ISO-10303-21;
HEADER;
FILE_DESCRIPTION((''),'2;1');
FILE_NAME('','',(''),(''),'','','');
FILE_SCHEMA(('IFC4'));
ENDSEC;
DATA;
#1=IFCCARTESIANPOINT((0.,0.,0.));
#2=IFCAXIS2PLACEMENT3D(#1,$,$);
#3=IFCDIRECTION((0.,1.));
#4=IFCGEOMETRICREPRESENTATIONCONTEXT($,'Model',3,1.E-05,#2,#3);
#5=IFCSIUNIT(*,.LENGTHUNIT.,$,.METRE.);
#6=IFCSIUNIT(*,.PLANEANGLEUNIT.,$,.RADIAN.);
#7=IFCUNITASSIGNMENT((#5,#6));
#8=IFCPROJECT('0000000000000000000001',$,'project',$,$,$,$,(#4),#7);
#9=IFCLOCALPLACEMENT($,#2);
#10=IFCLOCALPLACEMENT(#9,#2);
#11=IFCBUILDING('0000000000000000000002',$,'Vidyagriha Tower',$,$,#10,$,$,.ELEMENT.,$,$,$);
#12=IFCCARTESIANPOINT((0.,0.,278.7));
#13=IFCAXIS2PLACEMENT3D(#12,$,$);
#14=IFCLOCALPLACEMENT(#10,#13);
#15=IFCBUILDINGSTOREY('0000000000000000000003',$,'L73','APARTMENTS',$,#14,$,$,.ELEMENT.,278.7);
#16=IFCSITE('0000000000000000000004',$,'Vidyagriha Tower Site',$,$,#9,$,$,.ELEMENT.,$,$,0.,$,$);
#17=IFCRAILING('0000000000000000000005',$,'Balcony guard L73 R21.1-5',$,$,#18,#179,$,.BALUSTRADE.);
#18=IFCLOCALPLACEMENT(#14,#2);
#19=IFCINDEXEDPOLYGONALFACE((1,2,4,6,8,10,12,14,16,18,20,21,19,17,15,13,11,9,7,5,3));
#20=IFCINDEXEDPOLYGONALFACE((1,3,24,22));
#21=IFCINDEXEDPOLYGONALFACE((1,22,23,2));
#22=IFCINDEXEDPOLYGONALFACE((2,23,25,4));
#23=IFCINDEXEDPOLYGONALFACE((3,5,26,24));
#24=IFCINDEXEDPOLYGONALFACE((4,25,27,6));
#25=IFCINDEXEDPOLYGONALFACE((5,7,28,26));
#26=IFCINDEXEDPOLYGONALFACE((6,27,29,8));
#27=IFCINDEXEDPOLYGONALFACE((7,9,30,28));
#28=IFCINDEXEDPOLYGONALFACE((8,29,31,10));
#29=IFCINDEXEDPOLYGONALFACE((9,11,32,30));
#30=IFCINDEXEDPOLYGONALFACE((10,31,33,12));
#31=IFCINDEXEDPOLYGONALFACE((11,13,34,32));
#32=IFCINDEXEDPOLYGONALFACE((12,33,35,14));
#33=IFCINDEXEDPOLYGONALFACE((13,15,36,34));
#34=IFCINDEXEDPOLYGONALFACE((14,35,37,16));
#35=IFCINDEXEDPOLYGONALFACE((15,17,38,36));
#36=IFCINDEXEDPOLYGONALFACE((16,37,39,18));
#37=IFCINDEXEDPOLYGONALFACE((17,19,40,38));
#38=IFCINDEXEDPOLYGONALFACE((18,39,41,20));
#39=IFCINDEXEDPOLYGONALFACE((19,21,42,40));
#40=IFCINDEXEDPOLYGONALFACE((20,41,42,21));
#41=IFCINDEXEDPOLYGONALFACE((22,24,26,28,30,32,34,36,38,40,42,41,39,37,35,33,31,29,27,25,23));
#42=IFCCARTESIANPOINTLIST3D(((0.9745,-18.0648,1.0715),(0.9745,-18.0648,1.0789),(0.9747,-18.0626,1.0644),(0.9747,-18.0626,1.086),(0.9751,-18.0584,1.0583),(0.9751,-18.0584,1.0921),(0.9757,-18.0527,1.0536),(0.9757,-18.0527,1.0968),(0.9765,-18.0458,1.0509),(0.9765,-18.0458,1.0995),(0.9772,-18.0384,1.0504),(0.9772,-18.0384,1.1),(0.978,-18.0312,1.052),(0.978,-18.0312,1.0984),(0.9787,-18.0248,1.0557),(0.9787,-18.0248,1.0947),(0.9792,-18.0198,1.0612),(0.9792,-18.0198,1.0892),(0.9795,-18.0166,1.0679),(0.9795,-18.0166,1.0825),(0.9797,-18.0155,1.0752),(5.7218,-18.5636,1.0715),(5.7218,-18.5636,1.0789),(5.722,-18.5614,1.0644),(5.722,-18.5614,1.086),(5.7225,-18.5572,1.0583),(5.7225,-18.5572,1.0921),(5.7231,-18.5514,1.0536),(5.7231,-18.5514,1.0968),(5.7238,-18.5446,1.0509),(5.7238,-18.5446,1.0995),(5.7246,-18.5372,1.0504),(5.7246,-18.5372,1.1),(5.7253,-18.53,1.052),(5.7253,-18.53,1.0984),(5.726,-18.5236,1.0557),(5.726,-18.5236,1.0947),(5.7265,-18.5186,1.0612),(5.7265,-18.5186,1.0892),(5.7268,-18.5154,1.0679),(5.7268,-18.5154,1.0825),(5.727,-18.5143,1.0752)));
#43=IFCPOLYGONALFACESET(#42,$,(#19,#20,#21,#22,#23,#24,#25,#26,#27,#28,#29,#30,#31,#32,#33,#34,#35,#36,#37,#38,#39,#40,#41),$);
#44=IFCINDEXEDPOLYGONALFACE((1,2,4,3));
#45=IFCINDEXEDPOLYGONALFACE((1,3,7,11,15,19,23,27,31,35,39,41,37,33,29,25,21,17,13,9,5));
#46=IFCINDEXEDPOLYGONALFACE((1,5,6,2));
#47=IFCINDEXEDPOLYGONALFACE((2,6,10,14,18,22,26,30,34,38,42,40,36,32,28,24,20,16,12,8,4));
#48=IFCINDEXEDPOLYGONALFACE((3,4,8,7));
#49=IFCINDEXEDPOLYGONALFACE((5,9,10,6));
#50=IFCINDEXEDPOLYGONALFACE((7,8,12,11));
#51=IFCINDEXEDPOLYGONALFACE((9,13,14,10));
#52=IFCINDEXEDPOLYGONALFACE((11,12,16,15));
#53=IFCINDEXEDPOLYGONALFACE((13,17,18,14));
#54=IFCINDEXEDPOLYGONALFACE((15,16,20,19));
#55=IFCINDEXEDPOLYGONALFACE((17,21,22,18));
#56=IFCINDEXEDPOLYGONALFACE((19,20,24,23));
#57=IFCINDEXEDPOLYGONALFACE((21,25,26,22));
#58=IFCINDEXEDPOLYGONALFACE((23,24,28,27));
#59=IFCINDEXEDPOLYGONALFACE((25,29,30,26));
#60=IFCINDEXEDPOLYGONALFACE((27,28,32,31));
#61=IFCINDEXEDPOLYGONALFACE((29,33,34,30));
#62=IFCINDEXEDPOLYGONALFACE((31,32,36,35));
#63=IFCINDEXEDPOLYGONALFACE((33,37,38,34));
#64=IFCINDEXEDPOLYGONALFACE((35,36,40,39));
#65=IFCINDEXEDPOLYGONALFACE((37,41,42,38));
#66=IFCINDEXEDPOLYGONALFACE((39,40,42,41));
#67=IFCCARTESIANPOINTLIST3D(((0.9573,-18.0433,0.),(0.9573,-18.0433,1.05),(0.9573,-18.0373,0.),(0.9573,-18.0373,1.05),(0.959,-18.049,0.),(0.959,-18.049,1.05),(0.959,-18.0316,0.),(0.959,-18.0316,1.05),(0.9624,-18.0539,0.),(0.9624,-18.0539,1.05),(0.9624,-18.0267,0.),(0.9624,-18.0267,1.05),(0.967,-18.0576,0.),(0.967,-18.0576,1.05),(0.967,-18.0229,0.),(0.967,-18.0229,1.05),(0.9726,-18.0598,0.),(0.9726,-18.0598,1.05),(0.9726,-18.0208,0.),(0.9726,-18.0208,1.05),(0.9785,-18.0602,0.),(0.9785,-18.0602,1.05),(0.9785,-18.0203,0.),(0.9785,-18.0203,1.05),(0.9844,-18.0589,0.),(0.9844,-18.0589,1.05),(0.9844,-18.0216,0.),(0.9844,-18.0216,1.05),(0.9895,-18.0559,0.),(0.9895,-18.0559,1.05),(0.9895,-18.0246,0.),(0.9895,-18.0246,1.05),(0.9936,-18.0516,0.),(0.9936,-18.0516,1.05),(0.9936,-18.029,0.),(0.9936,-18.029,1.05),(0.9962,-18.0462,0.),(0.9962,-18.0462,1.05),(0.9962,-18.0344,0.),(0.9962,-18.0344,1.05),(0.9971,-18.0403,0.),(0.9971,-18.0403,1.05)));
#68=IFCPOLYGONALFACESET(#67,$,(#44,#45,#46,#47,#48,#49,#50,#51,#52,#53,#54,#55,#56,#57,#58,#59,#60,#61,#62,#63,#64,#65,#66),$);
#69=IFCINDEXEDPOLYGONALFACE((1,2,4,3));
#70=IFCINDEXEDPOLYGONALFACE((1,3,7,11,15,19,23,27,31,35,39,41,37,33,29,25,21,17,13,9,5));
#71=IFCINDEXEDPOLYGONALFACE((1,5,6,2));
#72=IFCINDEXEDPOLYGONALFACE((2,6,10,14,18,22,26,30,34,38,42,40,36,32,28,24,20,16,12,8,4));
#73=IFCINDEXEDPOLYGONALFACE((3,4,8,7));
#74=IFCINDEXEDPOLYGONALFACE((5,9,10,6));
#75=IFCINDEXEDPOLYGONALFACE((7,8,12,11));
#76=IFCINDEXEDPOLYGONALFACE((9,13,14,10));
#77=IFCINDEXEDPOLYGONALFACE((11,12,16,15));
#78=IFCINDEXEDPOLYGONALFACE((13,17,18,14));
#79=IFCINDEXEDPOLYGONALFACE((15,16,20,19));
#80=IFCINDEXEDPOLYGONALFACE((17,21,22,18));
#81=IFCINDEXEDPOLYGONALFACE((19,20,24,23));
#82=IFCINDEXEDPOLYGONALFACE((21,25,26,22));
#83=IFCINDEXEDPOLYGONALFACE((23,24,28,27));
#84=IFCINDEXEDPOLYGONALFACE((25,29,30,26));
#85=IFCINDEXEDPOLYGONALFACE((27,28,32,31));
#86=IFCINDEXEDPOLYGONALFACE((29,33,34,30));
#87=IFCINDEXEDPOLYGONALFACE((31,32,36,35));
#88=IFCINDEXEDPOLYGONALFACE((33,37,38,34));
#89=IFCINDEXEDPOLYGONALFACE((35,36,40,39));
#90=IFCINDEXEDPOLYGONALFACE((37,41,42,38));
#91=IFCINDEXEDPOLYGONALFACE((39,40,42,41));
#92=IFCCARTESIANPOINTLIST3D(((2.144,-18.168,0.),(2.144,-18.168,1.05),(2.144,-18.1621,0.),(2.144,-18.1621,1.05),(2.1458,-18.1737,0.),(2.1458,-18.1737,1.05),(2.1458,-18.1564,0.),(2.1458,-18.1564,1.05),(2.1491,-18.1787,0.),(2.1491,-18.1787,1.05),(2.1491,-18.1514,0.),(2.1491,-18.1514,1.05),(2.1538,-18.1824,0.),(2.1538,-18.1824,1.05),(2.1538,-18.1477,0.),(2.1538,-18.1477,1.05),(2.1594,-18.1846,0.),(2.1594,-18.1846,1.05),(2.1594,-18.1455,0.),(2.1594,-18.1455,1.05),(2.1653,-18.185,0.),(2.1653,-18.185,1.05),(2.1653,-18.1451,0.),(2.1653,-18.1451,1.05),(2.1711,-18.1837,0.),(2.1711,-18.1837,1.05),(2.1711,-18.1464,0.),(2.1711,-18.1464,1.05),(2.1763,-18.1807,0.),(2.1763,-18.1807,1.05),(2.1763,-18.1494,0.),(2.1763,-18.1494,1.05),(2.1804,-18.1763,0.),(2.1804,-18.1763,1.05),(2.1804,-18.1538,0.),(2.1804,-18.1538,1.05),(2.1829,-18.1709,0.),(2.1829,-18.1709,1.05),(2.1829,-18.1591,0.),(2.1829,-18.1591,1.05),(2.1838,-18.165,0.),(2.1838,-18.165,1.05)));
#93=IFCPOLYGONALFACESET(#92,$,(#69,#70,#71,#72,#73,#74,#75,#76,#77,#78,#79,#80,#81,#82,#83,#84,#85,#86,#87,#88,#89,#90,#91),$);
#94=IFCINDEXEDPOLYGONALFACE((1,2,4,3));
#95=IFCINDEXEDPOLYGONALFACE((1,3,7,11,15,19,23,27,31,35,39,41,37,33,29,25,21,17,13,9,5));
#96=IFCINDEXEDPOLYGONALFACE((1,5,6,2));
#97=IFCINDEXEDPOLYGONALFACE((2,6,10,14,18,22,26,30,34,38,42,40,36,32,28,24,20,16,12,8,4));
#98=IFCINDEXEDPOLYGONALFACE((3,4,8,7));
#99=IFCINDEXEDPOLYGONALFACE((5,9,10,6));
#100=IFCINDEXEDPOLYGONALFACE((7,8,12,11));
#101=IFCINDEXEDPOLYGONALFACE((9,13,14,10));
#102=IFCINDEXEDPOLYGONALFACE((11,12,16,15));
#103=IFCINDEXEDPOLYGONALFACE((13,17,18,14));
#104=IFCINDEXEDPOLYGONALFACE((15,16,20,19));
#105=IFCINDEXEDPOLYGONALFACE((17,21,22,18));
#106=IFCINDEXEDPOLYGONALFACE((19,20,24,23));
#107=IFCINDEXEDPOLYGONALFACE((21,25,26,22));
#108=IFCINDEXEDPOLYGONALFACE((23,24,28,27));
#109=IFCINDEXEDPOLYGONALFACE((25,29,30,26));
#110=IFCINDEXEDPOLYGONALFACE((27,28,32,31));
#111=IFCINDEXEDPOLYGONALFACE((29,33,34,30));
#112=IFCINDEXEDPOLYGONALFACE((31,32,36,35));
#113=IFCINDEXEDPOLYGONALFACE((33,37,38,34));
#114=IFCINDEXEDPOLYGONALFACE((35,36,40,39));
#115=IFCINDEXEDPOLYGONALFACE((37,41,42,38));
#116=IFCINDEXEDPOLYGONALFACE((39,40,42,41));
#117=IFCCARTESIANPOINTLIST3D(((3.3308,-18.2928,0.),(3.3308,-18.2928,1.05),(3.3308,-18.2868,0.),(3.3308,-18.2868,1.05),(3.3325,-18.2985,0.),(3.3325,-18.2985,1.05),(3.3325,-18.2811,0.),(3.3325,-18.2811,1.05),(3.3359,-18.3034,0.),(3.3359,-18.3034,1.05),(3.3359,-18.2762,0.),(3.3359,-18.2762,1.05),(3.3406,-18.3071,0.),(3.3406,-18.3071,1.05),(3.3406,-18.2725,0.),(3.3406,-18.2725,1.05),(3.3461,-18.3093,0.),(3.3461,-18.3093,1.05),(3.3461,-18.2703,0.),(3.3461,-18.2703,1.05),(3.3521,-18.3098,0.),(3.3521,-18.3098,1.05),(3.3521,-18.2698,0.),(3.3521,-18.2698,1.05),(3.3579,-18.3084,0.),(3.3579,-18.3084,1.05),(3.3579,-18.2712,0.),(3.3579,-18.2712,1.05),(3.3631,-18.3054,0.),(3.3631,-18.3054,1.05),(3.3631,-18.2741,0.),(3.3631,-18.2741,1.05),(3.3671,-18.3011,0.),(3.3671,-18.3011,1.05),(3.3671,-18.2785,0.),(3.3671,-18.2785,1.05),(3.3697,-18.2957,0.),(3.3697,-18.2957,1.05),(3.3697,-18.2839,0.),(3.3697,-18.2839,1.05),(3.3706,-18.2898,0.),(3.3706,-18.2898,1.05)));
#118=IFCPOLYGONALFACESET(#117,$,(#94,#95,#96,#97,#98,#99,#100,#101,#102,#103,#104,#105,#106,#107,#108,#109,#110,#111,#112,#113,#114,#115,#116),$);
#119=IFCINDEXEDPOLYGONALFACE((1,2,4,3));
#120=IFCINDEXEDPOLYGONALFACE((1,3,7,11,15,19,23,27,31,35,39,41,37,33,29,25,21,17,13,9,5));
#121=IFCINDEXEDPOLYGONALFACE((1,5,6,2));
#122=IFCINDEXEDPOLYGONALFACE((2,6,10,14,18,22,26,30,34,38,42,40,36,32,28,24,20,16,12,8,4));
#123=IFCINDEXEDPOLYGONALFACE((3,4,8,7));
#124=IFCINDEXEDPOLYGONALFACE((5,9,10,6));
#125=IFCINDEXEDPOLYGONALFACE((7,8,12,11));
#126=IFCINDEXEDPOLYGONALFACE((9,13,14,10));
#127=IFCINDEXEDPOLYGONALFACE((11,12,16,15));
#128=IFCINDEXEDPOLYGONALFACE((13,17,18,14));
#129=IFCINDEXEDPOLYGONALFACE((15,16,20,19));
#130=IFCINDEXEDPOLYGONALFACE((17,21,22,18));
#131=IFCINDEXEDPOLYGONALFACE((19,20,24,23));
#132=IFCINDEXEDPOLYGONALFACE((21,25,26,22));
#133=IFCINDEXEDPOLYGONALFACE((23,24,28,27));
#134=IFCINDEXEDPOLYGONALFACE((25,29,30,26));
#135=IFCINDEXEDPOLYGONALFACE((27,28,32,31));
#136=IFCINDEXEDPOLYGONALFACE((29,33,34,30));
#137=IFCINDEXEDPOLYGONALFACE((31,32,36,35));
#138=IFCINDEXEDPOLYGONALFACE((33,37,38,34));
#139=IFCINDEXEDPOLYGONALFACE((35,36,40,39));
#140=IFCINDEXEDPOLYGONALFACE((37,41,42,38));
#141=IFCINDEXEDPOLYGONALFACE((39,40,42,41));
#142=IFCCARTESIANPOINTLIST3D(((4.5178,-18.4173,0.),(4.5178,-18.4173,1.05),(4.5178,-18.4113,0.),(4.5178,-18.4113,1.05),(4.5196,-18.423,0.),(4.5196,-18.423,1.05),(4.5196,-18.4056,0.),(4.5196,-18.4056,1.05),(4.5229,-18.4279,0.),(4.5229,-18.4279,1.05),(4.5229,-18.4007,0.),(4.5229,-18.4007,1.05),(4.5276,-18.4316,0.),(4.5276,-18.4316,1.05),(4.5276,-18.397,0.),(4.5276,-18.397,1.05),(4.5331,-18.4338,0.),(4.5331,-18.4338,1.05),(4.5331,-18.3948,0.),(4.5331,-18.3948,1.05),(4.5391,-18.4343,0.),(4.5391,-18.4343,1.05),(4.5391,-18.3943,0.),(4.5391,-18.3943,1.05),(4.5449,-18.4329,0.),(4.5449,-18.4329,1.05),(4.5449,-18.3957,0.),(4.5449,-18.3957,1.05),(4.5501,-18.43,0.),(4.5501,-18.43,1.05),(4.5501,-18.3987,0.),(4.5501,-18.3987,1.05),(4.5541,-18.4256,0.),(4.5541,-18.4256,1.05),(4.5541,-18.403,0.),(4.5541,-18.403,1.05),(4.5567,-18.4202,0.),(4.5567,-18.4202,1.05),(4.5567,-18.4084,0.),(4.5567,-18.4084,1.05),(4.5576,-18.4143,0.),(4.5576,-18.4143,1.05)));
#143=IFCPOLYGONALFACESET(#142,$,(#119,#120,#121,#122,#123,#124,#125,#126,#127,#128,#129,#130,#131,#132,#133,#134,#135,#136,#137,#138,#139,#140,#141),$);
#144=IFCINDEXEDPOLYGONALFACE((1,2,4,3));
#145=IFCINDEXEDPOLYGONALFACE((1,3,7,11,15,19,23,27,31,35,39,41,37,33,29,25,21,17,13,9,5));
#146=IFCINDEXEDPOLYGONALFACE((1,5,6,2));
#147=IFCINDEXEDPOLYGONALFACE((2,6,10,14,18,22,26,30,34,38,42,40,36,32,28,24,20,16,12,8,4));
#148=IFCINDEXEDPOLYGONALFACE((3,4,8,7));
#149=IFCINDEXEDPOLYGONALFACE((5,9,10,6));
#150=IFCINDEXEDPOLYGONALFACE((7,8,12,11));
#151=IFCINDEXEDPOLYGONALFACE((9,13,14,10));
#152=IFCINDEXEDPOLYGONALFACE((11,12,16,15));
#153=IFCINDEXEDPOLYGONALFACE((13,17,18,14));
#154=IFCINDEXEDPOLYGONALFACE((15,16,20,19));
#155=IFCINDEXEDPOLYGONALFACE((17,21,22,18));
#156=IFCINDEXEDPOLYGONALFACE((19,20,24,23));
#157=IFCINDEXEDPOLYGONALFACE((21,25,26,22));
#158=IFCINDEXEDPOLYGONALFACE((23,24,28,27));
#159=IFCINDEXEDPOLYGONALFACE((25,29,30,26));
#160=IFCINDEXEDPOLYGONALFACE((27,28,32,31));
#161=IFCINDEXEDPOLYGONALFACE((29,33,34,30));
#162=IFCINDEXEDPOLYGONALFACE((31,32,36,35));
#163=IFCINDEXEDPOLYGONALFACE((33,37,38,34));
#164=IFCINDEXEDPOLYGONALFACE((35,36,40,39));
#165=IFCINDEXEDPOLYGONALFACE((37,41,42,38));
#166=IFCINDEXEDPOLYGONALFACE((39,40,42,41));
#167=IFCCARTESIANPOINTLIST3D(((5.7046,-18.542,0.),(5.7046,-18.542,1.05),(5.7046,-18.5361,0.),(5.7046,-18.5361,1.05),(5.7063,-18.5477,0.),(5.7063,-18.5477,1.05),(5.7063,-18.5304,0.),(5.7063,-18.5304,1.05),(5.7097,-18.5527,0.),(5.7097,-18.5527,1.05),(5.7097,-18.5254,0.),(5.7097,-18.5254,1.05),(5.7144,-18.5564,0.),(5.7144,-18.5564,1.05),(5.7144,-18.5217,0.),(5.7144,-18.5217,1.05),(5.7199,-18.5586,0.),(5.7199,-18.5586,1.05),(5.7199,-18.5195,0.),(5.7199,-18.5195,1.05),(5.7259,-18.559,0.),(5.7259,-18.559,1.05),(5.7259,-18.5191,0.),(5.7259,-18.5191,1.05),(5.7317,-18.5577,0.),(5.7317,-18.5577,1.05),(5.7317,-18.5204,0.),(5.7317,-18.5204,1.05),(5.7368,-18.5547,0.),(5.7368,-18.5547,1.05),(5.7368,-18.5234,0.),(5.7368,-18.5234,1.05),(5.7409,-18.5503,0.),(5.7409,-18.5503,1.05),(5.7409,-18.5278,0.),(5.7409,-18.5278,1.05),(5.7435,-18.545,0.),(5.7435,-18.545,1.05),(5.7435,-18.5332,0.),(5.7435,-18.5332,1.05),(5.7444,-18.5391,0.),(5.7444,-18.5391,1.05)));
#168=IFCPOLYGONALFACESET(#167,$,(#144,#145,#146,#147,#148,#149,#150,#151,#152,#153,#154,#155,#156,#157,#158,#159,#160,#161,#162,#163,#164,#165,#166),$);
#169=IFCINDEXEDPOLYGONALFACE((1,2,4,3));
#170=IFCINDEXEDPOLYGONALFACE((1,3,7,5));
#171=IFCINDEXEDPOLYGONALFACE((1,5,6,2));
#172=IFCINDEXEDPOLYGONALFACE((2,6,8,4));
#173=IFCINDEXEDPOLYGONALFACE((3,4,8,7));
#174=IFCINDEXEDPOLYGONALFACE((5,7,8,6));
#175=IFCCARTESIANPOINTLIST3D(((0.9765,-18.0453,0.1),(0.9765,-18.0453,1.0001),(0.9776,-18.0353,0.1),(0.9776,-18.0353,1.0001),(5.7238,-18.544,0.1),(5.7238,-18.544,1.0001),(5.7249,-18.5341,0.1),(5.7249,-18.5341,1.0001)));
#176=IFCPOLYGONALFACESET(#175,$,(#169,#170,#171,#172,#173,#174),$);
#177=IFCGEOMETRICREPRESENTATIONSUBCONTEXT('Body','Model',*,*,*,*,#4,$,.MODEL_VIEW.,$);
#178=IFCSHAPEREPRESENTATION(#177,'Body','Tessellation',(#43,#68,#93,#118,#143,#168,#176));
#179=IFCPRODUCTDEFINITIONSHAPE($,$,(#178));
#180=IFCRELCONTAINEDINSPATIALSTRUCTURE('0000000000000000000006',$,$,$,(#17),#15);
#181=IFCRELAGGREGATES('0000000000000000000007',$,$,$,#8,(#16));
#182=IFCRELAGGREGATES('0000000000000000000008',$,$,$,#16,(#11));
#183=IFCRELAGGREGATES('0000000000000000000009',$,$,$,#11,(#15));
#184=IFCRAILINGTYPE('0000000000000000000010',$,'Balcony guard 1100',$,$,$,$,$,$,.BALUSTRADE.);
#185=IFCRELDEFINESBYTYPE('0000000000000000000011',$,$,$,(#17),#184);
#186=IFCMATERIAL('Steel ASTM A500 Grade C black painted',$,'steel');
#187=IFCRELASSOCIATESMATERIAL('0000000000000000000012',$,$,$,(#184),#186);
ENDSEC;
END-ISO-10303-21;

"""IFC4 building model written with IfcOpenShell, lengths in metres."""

from ifc_helpers import new_model, si_unit, direction, frame, origin, origin_2d, place, context, subcontext, project, spatial, rectangle, circle, extrude, material, type_object, element, save


model = new_model("IFC4")

# Units and contexts
model_context = context("Model", 3, precision=1e-05, world=origin(), true_north=direction((0.0, 1.0)))
body_context = subcontext(model_context, "Body", "Model", "MODEL_VIEW")
ifc_project = project(units=[si_unit("LENGTHUNIT", "METRE"), si_unit("PLANEANGLEUNIT", "RADIAN")], contexts=[model_context])

# Site, building, storey
site_placement = place(None, origin())
site = spatial("IfcSite", under=ifc_project, at=site_placement, Name="Vidyagriha Tower Site", CompositionType="ELEMENT", RefElevation=0.0)
building_placement = place(site_placement, origin())
building = spatial("IfcBuilding", under=site, at=building_placement, Name="Vidyagriha Tower", CompositionType="ELEMENT")
storey_placement = place(building_placement, frame((0.0, 0.0, 278.7)))
storey = spatial("IfcBuildingStorey", under=building, at=storey_placement, Name="L73", Description="APARTMENTS", CompositionType="ELEMENT", Elevation=278.7)

# Railing
ifc_material_1 = material(Name="Steel ASTM A500 Grade C black painted", Category="steel")
railing_type = type_object("IfcRailingType", Name="Balcony guard 1100", PredefinedType="BALUSTRADE", material=ifc_material_1)
railing_1_placement = place(storey_placement, frame((0.9771, -18.0403, 0.0)))
element("IfcRailing", 1, at=railing_1_placement, inside=storey, type_object=railing_type, Name="Balcony guard L73 R21.1-5", PredefinedType="BALUSTRADE", context=body_context, shape_type="SweptSolid", body=[
    extrude(circle(Radius=0.0249, at=origin_2d()), frame((0.0, 0.0, 1.0752), z_axis=(0.994526, -0.10449, 0.0), x_axis=(0.10449, 0.994526, 0.0)), (0.0, 0.0, 1.0), 4.7734),
    extrude(circle(Radius=0.02, at=origin_2d()), origin(), (0.0, 0.0, 1.0), 1.05),
    extrude(circle(Radius=0.02, at=origin_2d()), frame((1.1868, -0.1248, 0.0)), (0.0, 0.0, 1.0), 1.05),
    extrude(circle(Radius=0.02, at=origin_2d()), frame((2.3735, -0.2495, 0.0)), (0.0, 0.0, 1.0), 1.05),
    extrude(circle(Radius=0.02, at=origin_2d()), frame((3.5605, -0.374, 0.0)), (0.0, 0.0, 1.0), 1.05),
    extrude(circle(Radius=0.02, at=origin_2d()), frame((4.7473, -0.4988, 0.0)), (0.0, 0.0, 1.0), 1.05),
    extrude(rectangle(XDim=0.01, YDim=0.9001, at=origin_2d()), frame((0.0, 0.0, 0.55), z_axis=(0.994526, -0.10449, 0.0), x_axis=(0.10449, 0.994526, 0.0)), (0.0, 0.0, 1.0), 4.7734),
])

save(model, "model.ifc")
